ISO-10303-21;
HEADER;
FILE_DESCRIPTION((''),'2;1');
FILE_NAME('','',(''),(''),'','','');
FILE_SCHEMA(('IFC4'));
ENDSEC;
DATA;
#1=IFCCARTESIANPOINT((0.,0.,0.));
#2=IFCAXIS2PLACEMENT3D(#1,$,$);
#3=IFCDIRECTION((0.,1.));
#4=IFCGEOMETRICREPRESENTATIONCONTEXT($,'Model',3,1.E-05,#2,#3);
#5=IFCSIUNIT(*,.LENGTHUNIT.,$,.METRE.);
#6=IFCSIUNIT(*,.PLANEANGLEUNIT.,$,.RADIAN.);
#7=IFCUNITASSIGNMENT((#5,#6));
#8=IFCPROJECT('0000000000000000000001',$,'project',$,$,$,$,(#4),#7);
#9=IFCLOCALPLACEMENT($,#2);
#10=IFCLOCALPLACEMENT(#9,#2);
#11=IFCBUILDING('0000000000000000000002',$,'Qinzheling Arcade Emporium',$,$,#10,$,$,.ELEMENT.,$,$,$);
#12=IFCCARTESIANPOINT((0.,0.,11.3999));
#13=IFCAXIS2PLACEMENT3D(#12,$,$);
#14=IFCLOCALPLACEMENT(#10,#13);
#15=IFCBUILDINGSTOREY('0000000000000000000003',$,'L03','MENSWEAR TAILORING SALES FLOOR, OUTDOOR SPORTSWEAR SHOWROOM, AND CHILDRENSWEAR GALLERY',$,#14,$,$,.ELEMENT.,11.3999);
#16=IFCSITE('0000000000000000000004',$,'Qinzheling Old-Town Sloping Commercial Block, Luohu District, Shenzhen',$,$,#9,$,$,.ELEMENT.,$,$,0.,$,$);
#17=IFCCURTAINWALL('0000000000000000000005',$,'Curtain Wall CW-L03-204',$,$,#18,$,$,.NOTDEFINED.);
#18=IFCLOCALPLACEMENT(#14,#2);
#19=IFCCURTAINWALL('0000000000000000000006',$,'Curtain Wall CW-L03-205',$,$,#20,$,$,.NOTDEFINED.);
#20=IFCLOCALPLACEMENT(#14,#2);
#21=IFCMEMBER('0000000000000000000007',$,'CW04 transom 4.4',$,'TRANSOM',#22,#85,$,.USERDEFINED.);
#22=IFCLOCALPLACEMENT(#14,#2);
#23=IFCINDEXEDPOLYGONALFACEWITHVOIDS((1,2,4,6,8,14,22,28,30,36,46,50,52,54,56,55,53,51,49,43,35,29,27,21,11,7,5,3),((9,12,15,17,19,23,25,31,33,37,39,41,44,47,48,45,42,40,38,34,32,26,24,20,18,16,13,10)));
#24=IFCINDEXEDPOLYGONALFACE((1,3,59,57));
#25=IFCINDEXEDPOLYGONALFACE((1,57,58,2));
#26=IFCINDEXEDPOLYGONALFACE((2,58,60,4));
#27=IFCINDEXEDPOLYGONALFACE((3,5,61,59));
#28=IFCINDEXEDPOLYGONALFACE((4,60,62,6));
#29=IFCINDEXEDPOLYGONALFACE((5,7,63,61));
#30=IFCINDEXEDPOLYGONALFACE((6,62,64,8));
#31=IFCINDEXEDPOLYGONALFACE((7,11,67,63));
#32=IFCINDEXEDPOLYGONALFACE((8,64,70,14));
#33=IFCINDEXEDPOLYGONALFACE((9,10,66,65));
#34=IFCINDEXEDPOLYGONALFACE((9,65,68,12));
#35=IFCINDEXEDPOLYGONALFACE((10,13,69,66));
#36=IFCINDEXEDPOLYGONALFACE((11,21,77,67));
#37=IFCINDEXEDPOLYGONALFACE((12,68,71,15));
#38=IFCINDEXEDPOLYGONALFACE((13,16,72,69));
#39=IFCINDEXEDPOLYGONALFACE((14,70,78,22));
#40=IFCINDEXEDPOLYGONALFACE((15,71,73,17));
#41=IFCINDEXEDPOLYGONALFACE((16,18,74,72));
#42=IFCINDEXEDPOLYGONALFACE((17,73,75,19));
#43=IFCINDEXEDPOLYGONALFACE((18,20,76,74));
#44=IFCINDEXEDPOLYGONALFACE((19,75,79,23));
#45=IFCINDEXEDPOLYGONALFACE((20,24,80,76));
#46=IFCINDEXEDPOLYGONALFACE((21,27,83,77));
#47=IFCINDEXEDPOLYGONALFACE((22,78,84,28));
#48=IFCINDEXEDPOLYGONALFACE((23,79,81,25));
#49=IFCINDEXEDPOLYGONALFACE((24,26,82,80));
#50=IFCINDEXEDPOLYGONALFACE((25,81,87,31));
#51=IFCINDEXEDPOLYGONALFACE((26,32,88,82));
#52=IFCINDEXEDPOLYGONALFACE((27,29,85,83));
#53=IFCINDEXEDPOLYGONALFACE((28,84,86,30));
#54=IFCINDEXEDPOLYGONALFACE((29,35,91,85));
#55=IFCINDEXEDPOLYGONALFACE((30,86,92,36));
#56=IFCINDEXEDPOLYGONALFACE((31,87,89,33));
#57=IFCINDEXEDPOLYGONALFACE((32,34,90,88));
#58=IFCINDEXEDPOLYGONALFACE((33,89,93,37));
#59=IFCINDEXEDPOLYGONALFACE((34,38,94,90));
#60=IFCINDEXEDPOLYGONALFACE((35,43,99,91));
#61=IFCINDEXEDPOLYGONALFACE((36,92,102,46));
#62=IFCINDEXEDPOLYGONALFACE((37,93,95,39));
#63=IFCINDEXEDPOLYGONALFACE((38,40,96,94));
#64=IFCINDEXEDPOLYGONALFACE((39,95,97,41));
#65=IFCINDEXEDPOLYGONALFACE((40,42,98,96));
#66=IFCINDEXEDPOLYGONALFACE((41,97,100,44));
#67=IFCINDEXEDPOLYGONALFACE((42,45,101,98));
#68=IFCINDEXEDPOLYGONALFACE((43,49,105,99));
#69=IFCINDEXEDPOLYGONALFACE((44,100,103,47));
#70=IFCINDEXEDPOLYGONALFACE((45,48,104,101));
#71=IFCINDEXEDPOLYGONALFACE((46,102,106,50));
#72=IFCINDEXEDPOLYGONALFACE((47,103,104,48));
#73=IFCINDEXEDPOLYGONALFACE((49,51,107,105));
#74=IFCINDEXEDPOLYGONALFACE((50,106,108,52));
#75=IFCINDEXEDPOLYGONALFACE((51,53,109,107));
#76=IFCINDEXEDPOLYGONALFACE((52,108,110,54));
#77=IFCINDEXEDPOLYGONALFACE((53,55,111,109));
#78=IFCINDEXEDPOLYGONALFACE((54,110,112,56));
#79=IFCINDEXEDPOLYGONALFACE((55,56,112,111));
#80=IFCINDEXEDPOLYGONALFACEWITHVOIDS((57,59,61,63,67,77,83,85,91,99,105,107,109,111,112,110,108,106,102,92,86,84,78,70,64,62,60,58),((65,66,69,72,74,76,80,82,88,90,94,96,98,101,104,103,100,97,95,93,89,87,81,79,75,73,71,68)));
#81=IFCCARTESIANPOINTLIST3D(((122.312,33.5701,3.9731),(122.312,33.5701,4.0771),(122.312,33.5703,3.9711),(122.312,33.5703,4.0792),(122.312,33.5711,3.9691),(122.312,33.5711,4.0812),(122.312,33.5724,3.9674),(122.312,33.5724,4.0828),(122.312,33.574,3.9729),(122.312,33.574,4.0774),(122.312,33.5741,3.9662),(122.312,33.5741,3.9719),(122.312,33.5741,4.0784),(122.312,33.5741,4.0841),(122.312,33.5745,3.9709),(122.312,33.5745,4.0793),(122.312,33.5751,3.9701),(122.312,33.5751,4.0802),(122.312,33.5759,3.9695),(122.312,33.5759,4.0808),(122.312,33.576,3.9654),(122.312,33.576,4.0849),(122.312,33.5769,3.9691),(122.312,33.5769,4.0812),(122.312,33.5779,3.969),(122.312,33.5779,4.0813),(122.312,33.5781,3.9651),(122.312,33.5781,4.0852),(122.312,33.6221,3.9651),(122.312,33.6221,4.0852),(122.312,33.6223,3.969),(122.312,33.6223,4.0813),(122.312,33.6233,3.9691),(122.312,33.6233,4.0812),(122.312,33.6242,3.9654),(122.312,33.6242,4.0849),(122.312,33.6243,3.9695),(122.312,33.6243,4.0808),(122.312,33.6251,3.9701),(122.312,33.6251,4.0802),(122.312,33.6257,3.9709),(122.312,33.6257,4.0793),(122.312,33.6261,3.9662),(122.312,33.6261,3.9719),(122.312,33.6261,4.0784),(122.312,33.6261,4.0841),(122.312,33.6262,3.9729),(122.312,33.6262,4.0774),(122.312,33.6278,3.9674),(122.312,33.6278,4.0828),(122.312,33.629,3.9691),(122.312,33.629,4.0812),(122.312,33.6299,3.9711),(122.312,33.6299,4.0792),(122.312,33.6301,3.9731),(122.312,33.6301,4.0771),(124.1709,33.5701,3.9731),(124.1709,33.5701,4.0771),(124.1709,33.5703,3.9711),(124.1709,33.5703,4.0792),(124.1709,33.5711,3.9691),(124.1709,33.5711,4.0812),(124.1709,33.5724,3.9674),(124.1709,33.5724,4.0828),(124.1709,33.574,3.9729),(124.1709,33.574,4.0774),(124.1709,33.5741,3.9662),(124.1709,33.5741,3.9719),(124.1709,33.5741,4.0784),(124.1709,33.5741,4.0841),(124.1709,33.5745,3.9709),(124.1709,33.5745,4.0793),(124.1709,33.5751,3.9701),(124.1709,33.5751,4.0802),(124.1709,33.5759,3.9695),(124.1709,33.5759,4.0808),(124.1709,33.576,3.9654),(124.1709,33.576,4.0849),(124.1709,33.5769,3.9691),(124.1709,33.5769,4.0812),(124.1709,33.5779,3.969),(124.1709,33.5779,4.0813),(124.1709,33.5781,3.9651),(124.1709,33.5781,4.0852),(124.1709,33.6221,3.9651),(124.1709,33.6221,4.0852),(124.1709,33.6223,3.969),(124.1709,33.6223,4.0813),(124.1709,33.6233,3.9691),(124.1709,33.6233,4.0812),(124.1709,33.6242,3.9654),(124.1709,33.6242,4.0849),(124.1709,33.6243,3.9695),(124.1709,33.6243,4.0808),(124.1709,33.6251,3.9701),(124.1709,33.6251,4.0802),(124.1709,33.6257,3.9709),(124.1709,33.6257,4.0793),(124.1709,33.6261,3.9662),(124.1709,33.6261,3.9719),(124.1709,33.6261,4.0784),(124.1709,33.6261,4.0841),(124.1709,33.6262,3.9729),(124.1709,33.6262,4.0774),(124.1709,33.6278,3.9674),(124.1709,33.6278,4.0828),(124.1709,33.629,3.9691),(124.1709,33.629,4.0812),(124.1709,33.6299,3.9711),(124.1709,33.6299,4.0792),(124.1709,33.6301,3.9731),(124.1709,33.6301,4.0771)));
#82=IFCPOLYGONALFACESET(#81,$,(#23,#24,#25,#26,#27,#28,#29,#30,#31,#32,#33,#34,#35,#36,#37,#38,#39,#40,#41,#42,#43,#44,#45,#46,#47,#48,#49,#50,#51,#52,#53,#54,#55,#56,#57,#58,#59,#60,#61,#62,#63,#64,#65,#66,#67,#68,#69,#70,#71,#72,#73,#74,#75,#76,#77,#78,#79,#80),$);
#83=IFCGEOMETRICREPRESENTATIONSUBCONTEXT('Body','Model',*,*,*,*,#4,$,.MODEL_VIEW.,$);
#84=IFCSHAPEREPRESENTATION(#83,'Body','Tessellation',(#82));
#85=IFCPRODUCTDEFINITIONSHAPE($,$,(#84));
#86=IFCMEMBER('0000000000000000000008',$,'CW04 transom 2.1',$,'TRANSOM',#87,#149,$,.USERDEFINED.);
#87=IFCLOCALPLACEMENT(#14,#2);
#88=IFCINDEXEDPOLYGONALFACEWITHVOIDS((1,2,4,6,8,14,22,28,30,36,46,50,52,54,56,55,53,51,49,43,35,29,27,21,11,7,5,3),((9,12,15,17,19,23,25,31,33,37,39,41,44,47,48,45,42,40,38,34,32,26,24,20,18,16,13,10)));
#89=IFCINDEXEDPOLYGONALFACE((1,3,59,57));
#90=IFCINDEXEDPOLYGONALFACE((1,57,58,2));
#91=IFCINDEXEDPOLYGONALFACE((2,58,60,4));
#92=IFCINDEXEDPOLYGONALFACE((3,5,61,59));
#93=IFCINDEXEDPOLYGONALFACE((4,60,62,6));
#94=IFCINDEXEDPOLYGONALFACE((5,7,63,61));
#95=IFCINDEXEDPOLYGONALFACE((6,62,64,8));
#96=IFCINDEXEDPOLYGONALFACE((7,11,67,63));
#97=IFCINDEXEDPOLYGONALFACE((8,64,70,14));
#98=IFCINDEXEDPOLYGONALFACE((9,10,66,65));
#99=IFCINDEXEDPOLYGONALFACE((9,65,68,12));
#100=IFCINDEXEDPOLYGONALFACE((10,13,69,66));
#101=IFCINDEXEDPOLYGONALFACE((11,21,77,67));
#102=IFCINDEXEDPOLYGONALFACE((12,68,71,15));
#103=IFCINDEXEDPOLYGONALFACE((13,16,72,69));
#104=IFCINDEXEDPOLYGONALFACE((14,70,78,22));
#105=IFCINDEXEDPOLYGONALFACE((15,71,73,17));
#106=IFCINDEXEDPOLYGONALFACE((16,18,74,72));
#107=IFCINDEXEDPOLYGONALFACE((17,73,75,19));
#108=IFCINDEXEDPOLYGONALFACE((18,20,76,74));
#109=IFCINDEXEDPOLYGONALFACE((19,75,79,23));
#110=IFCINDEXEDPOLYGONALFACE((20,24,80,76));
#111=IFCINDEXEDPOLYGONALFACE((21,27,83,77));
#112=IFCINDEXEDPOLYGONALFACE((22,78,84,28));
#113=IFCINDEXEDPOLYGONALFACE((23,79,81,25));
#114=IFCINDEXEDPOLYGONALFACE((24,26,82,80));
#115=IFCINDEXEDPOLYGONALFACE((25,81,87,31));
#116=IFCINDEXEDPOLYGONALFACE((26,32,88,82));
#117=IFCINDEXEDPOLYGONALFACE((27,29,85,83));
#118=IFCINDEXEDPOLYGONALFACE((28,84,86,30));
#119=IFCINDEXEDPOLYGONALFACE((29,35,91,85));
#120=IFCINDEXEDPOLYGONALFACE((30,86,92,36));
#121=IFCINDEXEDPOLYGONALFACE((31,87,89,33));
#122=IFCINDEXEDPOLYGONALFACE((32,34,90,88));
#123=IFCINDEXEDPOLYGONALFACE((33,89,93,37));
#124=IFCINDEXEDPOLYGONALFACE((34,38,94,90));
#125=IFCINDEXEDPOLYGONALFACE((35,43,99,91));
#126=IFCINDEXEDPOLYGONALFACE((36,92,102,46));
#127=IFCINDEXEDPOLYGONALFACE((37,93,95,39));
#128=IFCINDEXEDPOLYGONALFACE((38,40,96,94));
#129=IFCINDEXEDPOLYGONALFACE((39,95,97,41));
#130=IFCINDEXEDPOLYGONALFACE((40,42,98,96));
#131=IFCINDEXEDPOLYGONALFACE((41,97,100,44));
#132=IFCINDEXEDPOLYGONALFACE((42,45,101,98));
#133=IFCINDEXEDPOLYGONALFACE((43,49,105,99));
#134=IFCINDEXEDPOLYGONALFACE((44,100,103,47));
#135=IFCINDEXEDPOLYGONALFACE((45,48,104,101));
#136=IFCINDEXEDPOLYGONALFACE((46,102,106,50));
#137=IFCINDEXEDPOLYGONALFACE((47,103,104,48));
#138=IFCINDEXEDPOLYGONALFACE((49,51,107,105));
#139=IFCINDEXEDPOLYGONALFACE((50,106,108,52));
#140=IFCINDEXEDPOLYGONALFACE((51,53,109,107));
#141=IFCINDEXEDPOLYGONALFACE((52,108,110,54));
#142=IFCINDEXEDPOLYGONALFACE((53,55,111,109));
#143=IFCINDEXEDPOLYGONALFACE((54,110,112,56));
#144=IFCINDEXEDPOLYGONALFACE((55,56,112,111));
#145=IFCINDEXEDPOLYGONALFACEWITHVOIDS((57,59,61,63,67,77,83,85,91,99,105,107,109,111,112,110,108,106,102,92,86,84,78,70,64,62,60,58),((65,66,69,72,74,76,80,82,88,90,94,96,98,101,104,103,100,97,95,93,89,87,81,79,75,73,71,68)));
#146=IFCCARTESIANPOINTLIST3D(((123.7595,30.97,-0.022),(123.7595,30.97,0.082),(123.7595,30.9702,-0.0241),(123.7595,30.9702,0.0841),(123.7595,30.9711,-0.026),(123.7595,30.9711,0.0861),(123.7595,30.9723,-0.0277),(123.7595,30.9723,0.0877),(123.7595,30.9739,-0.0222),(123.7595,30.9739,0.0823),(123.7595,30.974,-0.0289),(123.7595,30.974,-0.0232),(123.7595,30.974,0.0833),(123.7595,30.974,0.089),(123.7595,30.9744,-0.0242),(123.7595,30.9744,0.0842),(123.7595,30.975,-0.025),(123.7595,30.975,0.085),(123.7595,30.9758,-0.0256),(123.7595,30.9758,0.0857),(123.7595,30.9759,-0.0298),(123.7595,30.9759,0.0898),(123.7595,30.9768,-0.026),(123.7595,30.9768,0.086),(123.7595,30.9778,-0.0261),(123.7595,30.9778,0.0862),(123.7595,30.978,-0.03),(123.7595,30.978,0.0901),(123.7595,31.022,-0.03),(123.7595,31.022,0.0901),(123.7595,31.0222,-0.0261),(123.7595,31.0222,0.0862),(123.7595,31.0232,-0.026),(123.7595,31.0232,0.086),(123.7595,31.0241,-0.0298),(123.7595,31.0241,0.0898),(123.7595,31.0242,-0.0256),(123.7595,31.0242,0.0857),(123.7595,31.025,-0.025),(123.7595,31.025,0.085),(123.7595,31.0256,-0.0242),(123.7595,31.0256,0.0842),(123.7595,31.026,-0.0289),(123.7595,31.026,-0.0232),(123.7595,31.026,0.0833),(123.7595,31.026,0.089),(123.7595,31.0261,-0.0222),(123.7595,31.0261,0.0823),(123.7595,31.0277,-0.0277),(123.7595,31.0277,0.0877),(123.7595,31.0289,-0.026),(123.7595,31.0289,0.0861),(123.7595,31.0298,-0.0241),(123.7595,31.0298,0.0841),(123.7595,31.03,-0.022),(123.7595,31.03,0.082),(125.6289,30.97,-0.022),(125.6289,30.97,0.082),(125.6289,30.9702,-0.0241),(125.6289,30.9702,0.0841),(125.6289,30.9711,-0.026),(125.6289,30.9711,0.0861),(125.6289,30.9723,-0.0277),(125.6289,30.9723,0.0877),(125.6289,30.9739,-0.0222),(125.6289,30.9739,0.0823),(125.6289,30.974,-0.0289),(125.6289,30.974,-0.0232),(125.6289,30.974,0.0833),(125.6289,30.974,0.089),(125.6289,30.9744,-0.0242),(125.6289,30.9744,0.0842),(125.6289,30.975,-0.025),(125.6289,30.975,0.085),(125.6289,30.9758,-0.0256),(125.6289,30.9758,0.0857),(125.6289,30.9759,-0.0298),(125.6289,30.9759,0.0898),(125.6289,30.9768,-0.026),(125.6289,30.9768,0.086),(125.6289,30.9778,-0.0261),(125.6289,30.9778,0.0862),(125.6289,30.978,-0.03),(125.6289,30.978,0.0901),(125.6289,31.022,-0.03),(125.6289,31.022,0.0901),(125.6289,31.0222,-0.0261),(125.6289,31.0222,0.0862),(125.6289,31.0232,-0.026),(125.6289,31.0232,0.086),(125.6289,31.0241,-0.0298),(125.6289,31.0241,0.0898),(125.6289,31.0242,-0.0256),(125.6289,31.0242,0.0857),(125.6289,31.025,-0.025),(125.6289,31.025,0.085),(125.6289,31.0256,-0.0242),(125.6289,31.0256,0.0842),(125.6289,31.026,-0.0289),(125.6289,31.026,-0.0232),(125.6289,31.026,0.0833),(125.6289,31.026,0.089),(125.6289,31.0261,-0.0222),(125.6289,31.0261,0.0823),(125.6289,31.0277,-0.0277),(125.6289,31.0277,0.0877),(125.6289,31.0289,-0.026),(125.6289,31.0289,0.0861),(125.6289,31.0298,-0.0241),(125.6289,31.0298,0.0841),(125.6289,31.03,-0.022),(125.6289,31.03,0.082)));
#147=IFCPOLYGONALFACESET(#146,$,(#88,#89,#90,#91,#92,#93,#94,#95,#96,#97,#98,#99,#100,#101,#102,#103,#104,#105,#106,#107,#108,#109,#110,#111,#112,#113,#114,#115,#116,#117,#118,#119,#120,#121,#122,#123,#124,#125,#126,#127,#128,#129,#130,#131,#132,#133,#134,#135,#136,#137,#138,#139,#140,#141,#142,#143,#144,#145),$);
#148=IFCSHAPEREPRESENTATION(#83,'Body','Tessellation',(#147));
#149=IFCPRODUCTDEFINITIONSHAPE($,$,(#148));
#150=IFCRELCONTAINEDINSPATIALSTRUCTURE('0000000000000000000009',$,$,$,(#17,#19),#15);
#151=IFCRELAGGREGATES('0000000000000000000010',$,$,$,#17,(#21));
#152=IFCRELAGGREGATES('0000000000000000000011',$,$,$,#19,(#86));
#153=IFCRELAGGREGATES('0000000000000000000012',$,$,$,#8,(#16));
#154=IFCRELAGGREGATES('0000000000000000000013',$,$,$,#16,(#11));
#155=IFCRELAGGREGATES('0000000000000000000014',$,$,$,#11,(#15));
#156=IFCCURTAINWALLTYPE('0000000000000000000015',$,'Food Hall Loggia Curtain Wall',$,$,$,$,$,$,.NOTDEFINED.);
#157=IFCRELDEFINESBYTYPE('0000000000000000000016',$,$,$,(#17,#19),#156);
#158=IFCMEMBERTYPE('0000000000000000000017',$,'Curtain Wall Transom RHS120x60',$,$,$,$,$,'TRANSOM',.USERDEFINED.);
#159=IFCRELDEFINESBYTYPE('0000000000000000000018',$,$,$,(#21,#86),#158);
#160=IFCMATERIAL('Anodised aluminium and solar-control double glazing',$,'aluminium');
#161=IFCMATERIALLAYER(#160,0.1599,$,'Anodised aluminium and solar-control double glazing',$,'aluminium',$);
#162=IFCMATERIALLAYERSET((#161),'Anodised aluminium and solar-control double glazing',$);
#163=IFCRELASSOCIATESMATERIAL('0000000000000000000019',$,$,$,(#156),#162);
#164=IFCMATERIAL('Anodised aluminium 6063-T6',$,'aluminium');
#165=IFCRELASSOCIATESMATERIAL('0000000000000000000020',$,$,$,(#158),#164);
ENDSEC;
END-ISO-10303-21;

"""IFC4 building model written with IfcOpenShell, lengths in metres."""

from ifc_helpers import new_model, si_unit, direction, frame, origin, origin_2d, place, context, subcontext, project, spatial, hollow_rectangle, extrude, material, layer, layer_set, material_profile, profile_set, type_object, element, aggregate, save


model = new_model("IFC4")

# Units and contexts
model_context = context("Model", 3, precision=1e-05, world=origin(), true_north=direction((0.0, 1.0)))
body_context = subcontext(model_context, "Body", "Model", "MODEL_VIEW")
ifc_project = project(units=[si_unit("LENGTHUNIT", "METRE"), si_unit("PLANEANGLEUNIT", "RADIAN")], contexts=[model_context])

# Site, building, storey
site_placement = place(None, origin())
site = spatial("IfcSite", under=ifc_project, at=site_placement, Name="Qinzheling Old-Town Sloping Commercial Block, Luohu District, Shenzhen", CompositionType="ELEMENT", RefElevation=0.0)
building_placement = place(site_placement, origin())
building = spatial("IfcBuilding", under=site, at=building_placement, Name="Qinzheling Arcade Emporium", CompositionType="ELEMENT")
storey_placement = place(building_placement, frame((0.0, 0.0, 11.3999)))
storey = spatial("IfcBuildingStorey", under=building, at=storey_placement, Name="L03", Description="MENSWEAR TAILORING SALES FLOOR, OUTDOOR SPORTSWEAR SHOWROOM, AND CHILDRENSWEAR GALLERY", CompositionType="ELEMENT", Elevation=11.3999)

# Curtain wall
ifc_material_1 = material(Name="Anodised aluminium and solar-control double glazing", Category="aluminium")
ifc_layer_1 = layer(ifc_material_1, 0.1599, Name="Anodised aluminium and solar-control double glazing", Category="aluminium")
ifc_layer_set_1 = layer_set([ifc_layer_1], Name="Anodised aluminium and solar-control double glazing")
curtain_wall_type = type_object("IfcCurtainWallType", Name="Food Hall Loggia Curtain Wall", PredefinedType="NOTDEFINED", material=ifc_layer_set_1)
curtain_wall_1_placement = place(storey_placement, origin())
curtain_wall_1 = element("IfcCurtainWall", 1, at=curtain_wall_1_placement, inside=storey, type_object=curtain_wall_type, Name="Curtain Wall CW-L03-204", PredefinedType="NOTDEFINED")
ifc_material_2 = material(Name="Anodised aluminium 6063-T6", Category="aluminium")

# Curtain wall
curtain_wall_2_placement = place(storey_placement, origin())
curtain_wall_2 = element("IfcCurtainWall", 2, at=curtain_wall_2_placement, inside=storey, type_object=curtain_wall_type, Name="Curtain Wall CW-L03-205", PredefinedType="NOTDEFINED")

# Members
ifc_material_profile_1 = material_profile(ifc_material_2, hollow_rectangle(XDim=0.0601, YDim=0.1201, WallThickness=0.0039, InnerFilletRadius=0.0039, OuterFilletRadius=0.0081, at=origin_2d()), Name="RHS 120x60x4", Category="aluminium")
ifc_profile_set_1 = profile_set([ifc_material_profile_1], Name="Anodised aluminium 6063-T6")
member_type_1 = type_object("IfcMemberType", Name="Curtain Wall Transom RHS120x60", ElementType="TRANSOM", PredefinedType="USERDEFINED", material=ifc_profile_set_1)
member_1_placement = place(storey_placement, frame((124.1709, 33.6001, 4.0251), z_axis=(-1.0, 0.0, 0.0), x_axis=(0.0, -1.0, 0.0)))
member_1 = element("IfcMember", 3, at=member_1_placement, type_object=member_type_1, Name="CW04 transom 4.4", ObjectType="TRANSOM", PredefinedType="USERDEFINED", context=body_context, shape_type="SweptSolid", body=[
    extrude(hollow_rectangle(XDim=0.0601, YDim=0.1201, WallThickness=0.0039, InnerFilletRadius=0.0039, OuterFilletRadius=0.0081, at=origin_2d()), origin(), (0.0, 0.0, 1.0), 1.8589),
])
member_2_placement = place(storey_placement, frame((123.7595, 31.0, 0.03), z_axis=(1.0, 0.0, 0.0), x_axis=(0.0, 1.0, 0.0)))
member_2 = element("IfcMember", 4, at=member_2_placement, type_object=member_type_1, Name="CW04 transom 2.1", ObjectType="TRANSOM", PredefinedType="USERDEFINED", context=body_context, shape_type="SweptSolid", body=[
    extrude(hollow_rectangle(XDim=0.0601, YDim=0.1201, WallThickness=0.0039, InnerFilletRadius=0.0039, OuterFilletRadius=0.0081, at=origin_2d()), origin(), (0.0, 0.0, 1.0), 1.8694),
])

aggregate(curtain_wall_1, [member_1])
aggregate(curtain_wall_2, [member_2])

save(model, "model.ifc")
